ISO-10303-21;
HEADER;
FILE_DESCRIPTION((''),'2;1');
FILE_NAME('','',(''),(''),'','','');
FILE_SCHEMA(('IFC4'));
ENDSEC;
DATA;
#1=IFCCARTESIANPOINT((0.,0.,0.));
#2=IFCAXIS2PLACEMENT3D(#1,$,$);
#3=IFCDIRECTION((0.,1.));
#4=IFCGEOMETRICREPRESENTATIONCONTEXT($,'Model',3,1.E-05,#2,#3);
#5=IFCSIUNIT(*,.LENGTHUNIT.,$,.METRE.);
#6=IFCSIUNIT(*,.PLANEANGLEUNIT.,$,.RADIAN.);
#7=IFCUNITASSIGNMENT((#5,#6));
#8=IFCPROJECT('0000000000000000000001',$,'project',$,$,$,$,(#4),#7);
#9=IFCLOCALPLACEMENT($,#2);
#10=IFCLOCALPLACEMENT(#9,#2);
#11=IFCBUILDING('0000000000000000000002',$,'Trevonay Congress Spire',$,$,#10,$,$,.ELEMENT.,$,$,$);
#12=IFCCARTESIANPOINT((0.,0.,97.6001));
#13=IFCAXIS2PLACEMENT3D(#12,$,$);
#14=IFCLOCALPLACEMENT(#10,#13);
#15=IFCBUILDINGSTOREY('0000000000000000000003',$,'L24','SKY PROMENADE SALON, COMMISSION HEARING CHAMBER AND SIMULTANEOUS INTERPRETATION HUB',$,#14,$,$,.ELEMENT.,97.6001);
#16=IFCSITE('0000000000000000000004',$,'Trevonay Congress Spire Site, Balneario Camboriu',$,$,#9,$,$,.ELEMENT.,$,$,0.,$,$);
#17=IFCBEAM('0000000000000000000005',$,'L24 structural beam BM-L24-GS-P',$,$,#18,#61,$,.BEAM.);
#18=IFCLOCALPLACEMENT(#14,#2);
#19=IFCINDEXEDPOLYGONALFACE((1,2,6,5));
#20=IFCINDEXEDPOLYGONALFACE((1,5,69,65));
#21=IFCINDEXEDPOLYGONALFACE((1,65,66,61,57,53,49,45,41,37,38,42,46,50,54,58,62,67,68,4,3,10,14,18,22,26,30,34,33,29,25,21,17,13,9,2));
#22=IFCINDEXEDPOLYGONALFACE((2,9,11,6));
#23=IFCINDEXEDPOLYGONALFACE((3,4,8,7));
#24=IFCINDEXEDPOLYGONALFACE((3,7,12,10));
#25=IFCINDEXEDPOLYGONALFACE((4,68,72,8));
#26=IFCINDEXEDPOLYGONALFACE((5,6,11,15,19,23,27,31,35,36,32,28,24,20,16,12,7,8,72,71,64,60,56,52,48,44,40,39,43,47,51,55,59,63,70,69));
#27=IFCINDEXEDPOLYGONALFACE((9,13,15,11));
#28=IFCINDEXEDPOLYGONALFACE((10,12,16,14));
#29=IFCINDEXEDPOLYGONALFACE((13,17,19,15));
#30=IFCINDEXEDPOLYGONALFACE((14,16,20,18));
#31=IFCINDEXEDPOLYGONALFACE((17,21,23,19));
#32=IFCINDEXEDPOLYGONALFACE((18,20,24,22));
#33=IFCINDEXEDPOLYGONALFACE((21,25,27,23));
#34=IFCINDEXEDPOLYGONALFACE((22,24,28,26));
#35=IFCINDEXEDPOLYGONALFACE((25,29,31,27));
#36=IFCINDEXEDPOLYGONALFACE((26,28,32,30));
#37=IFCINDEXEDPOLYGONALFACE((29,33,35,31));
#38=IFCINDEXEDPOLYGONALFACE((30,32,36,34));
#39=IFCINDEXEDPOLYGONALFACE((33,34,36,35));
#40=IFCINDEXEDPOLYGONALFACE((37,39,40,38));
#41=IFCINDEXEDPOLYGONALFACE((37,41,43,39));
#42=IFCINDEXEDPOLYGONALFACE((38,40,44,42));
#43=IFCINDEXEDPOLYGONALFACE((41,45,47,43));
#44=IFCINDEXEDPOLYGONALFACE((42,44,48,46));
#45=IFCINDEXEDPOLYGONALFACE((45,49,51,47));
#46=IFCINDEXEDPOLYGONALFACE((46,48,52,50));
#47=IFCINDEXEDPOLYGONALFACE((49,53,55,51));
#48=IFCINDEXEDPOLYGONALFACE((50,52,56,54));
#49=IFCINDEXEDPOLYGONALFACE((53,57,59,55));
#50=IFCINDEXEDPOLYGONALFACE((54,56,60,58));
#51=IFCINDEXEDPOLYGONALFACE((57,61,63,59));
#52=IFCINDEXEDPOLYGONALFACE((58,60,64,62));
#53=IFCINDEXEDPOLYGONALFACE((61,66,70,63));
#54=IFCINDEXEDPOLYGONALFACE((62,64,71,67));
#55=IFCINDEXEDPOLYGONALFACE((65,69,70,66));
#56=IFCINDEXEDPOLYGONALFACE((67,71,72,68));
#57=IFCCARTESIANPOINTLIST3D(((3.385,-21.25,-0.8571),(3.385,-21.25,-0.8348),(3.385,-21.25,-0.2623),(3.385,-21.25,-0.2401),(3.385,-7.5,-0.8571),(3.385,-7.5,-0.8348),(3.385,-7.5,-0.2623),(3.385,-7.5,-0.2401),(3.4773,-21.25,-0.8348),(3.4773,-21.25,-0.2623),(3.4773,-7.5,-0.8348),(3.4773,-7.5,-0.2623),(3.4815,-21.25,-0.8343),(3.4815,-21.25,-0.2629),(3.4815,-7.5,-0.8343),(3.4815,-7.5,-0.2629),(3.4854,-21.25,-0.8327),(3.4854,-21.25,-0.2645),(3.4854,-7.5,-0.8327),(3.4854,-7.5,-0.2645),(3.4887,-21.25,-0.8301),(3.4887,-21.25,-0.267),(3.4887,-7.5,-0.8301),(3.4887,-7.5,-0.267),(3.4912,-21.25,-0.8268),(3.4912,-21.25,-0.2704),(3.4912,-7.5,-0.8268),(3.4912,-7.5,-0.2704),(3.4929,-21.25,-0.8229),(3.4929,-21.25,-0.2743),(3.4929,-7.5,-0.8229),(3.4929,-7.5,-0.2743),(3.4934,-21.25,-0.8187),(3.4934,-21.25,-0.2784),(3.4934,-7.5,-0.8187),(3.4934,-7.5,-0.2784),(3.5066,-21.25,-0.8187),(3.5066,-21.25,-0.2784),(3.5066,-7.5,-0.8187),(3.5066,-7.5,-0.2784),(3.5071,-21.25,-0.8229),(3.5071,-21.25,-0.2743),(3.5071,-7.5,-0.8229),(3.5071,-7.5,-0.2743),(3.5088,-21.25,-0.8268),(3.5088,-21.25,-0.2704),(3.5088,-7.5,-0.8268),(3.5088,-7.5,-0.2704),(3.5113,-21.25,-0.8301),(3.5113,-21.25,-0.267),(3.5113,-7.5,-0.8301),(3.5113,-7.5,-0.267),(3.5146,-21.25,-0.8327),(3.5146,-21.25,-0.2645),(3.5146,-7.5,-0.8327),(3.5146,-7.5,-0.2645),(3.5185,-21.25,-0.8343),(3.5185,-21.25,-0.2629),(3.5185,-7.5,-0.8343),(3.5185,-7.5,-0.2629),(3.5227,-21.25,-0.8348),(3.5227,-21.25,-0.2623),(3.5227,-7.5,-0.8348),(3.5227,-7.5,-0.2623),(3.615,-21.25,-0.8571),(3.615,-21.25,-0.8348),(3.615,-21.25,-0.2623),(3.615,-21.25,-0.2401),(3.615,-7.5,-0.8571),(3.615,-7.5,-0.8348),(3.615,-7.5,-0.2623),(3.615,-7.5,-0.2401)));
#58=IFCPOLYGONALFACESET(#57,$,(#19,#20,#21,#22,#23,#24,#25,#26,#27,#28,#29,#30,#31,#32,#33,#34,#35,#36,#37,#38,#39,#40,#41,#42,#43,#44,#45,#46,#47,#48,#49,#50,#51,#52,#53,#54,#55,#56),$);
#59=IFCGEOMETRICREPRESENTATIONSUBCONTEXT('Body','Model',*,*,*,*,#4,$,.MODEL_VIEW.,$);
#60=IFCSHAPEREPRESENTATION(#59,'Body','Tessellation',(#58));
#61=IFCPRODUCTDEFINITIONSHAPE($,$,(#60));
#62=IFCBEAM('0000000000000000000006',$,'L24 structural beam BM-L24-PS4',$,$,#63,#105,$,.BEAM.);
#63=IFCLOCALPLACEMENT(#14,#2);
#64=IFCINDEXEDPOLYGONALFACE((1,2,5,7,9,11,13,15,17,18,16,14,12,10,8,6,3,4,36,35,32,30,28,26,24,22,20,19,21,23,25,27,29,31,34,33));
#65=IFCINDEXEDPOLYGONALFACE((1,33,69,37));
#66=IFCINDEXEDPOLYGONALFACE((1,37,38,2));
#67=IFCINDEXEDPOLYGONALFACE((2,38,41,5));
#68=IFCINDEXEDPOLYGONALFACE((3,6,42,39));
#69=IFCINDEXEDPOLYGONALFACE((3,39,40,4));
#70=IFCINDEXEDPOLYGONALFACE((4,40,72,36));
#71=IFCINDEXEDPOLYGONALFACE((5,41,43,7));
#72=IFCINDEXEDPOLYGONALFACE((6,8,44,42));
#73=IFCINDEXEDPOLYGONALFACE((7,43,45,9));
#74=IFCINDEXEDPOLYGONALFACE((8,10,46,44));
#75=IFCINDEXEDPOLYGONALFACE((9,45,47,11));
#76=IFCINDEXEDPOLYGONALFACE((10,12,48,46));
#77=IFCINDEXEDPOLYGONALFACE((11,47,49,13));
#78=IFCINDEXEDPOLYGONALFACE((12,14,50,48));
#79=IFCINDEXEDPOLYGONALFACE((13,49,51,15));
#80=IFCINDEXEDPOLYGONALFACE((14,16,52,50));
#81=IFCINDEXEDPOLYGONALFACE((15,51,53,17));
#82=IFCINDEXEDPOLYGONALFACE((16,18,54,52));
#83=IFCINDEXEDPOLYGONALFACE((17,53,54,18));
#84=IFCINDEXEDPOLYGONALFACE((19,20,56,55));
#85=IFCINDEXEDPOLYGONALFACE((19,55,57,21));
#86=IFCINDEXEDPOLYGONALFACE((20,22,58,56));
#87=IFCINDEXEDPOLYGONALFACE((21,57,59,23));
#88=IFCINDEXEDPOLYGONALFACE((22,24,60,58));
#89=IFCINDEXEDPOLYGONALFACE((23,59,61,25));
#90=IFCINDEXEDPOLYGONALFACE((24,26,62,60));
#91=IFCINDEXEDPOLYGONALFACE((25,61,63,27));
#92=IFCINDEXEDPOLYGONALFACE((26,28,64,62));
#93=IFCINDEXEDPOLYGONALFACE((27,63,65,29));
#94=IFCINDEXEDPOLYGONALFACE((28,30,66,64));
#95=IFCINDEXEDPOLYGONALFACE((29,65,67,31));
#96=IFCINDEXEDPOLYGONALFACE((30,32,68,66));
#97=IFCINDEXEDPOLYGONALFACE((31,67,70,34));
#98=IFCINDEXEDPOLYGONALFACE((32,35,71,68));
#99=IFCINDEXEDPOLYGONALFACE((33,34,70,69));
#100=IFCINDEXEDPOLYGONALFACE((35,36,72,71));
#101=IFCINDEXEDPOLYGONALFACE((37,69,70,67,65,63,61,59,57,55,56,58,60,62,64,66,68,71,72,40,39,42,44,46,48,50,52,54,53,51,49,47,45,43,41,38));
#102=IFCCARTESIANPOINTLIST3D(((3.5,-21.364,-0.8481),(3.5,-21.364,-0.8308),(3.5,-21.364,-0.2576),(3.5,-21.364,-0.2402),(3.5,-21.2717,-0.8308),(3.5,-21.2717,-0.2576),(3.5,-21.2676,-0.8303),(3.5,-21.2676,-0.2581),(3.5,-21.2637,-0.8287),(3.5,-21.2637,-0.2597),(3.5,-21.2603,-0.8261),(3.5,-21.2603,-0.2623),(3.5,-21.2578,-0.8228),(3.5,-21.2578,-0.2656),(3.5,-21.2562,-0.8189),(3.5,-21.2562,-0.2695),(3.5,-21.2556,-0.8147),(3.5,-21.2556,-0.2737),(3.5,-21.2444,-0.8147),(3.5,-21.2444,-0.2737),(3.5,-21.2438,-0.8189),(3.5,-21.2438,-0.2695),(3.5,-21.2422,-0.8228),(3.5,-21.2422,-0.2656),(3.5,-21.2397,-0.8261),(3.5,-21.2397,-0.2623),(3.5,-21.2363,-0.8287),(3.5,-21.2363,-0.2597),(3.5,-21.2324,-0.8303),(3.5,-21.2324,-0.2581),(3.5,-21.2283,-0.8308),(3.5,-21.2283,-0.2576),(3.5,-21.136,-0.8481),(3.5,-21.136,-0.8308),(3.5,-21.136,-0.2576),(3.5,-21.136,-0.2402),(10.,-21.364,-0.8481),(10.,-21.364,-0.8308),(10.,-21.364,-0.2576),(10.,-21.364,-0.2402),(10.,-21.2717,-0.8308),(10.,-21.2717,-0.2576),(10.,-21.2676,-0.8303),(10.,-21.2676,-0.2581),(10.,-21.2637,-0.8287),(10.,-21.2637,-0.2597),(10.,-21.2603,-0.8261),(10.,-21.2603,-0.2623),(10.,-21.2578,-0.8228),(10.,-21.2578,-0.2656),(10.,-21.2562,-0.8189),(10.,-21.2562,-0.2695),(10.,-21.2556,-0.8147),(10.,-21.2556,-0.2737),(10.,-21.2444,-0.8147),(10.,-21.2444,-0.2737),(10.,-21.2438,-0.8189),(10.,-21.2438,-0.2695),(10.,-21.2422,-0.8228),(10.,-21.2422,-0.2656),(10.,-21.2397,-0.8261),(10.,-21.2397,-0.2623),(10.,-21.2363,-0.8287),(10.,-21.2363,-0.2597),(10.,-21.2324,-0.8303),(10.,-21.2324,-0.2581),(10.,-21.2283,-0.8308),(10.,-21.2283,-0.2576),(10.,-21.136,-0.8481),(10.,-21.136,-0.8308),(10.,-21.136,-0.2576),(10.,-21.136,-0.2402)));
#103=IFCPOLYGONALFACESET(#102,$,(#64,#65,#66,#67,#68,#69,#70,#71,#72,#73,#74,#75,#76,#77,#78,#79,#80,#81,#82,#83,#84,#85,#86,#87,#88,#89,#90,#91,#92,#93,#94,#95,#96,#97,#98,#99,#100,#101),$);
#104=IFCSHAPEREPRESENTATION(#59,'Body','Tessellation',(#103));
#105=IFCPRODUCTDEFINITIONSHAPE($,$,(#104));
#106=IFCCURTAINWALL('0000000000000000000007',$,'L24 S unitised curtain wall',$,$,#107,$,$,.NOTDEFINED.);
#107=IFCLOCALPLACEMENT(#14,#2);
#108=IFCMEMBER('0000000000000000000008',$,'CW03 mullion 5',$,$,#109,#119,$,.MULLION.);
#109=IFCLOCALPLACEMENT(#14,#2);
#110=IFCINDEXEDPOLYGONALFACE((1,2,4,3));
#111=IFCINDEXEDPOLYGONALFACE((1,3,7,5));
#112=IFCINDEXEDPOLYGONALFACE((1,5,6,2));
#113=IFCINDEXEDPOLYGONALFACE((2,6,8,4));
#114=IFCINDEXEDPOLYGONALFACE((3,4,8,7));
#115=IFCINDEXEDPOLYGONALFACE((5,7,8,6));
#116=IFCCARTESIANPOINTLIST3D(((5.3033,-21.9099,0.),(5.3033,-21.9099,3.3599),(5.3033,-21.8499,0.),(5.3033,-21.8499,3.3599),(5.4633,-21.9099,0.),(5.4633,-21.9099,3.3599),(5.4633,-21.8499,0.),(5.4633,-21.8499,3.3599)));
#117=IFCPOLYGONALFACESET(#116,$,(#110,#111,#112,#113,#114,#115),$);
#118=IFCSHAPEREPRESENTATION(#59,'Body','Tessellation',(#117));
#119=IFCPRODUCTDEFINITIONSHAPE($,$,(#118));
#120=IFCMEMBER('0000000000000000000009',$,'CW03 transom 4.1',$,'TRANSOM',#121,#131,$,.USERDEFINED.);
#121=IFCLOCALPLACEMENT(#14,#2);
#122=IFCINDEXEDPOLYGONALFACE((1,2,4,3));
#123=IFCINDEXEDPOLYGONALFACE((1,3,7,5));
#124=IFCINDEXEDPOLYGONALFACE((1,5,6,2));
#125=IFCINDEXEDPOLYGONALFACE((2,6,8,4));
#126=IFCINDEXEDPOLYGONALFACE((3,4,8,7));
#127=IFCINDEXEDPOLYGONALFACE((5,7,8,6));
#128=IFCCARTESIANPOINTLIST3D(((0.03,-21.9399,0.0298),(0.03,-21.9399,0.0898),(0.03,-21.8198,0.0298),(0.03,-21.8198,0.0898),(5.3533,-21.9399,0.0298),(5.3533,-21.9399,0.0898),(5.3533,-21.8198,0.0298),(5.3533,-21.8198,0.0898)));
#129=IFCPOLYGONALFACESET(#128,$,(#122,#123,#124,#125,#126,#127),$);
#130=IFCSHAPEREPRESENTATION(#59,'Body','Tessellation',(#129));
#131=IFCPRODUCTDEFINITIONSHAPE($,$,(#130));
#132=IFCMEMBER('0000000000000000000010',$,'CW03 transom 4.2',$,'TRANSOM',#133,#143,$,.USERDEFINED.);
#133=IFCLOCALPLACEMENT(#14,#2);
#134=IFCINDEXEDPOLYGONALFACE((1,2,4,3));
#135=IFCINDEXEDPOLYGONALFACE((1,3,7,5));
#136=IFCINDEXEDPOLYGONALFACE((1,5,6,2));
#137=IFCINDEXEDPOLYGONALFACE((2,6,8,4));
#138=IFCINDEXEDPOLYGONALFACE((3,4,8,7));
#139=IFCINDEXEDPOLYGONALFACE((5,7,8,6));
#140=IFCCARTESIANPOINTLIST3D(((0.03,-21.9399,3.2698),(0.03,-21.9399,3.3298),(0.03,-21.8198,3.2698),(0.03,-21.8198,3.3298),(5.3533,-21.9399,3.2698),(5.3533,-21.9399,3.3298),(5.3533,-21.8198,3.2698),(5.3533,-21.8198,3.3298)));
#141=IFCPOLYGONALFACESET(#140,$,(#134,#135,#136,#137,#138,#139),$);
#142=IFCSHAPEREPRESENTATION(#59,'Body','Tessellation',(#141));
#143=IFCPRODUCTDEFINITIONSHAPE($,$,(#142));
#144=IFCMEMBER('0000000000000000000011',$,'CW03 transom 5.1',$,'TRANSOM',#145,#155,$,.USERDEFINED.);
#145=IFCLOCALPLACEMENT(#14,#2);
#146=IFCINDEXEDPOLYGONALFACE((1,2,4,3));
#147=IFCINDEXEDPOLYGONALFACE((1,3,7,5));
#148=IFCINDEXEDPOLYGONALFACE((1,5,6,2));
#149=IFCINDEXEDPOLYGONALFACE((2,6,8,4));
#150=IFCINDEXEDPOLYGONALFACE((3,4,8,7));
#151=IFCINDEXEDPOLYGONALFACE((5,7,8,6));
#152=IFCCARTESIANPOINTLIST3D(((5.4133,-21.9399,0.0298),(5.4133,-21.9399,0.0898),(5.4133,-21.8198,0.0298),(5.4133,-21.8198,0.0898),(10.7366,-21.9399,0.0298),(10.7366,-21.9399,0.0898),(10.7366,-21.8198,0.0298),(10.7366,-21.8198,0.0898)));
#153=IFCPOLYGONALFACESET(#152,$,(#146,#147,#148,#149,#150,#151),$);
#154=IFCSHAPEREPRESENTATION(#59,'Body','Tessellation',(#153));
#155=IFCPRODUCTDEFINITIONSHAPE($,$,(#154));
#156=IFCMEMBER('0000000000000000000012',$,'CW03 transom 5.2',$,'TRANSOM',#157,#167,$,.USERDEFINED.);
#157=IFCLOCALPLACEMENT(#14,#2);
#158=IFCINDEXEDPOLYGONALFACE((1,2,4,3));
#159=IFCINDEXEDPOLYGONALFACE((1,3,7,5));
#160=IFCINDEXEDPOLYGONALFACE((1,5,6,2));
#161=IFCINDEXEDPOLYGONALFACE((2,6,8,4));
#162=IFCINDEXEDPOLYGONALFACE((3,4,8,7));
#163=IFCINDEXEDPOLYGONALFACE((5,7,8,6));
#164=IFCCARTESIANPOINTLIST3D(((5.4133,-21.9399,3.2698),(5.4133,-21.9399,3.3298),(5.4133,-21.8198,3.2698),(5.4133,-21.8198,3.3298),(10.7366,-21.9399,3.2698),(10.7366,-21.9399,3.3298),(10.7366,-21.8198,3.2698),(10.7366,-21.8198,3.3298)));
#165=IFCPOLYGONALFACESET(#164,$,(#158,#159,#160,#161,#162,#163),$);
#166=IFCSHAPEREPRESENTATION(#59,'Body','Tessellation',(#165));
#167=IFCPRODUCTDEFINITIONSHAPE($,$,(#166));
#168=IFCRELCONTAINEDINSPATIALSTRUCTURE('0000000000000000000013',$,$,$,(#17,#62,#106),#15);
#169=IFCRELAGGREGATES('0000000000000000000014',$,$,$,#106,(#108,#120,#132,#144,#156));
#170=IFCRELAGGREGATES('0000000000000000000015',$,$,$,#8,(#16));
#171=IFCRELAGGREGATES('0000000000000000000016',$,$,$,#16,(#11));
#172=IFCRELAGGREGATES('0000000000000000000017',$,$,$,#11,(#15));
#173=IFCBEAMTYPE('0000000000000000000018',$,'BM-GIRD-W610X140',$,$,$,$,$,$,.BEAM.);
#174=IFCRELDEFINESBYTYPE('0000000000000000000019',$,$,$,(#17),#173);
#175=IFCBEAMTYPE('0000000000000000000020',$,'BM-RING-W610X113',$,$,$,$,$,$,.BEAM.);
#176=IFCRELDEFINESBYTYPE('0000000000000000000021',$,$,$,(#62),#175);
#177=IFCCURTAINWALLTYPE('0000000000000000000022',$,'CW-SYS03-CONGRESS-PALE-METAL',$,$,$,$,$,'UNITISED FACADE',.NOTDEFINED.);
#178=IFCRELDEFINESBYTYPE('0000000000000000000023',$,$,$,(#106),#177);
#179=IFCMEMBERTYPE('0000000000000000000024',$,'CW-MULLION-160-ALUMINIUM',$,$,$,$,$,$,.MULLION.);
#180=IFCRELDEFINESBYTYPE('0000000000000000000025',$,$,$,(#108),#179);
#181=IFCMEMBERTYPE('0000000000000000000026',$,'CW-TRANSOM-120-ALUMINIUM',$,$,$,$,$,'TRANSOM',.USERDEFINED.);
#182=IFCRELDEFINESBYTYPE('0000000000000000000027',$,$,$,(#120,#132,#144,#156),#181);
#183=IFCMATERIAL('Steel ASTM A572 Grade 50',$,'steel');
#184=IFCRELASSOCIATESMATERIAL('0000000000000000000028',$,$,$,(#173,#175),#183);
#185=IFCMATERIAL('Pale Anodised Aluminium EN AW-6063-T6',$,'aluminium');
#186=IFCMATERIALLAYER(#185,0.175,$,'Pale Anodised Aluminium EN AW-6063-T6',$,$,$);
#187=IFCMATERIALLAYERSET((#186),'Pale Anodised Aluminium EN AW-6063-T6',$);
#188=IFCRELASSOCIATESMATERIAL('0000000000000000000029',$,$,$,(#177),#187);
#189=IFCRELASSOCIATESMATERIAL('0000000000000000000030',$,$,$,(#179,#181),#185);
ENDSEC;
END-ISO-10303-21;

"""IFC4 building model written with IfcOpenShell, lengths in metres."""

from ifc_helpers import new_model, si_unit, direction, frame, origin, origin_2d, place, context, subcontext, project, spatial, rectangle, i_section, extrude, material, layer, layer_set, material_profile, profile_set, type_object, element, aggregate, save


model = new_model("IFC4")

# Units and contexts
model_context = context("Model", 3, precision=1e-05, world=origin(), true_north=direction((0.0, 1.0)))
body_context = subcontext(model_context, "Body", "Model", "MODEL_VIEW")
ifc_project = project(units=[si_unit("LENGTHUNIT", "METRE"), si_unit("PLANEANGLEUNIT", "RADIAN")], contexts=[model_context])

# Site, building, storey
site_placement = place(None, origin())
site = spatial("IfcSite", under=ifc_project, at=site_placement, Name="Trevonay Congress Spire Site, Balneario Camboriu", CompositionType="ELEMENT", RefElevation=0.0)
building_placement = place(site_placement, origin())
building = spatial("IfcBuilding", under=site, at=building_placement, Name="Trevonay Congress Spire", CompositionType="ELEMENT")
storey_placement = place(building_placement, frame((0.0, 0.0, 97.6001)))
storey = spatial("IfcBuildingStorey", under=building, at=storey_placement, Name="L24", Description="SKY PROMENADE SALON, COMMISSION HEARING CHAMBER AND SIMULTANEOUS INTERPRETATION HUB", CompositionType="ELEMENT", Elevation=97.6001)

# Shared definitions
ifc_material_1 = material(Name="Steel ASTM A572 Grade 50", Category="steel")

# Beams
ifc_material_profile_1 = material_profile(ifc_material_1, i_section(OverallWidth=0.23, OverallDepth=0.6169, WebThickness=0.0132, FlangeThickness=0.0222, FilletRadius=0.0161, at=origin_2d()), Name="W610x140")
ifc_profile_set_1 = profile_set([ifc_material_profile_1], Name="Steel ASTM A572 Grade 50")
beam_type_1 = type_object("IfcBeamType", Name="BM-GIRD-W610X140", PredefinedType="BEAM", material=ifc_profile_set_1)
beam_1_placement = place(storey_placement, frame((3.5, -7.5, -0.5486), z_axis=(0.0, -1.0, 0.0), x_axis=(1.0, 0.0, 0.0)))
element("IfcBeam", 1, at=beam_1_placement, inside=storey, type_object=beam_type_1, Name="L24 structural beam BM-L24-GS-P", PredefinedType="BEAM", context=body_context, shape_type="SweptSolid", body=[
    extrude(i_section(OverallWidth=0.23, OverallDepth=0.6169, WebThickness=0.0132, FlangeThickness=0.0222, FilletRadius=0.0161, at=origin_2d()), origin(), (0.0, 0.0, 1.0), 13.75),
])
ifc_material_profile_2 = material_profile(ifc_material_1, i_section(OverallWidth=0.228, OverallDepth=0.6079, WebThickness=0.0112, FlangeThickness=0.0173, FilletRadius=0.0161, at=origin_2d()), Name="W610x113")
ifc_profile_set_2 = profile_set([ifc_material_profile_2], Name="Steel ASTM A572 Grade 50")
beam_type_2 = type_object("IfcBeamType", Name="BM-RING-W610X113", PredefinedType="BEAM", material=ifc_profile_set_2)
beam_2_placement = place(storey_placement, frame((3.5, -21.25, -0.5442), z_axis=(1.0, 0.0, 0.0), x_axis=(0.0, 1.0, 0.0)))
element("IfcBeam", 2, at=beam_2_placement, inside=storey, type_object=beam_type_2, Name="L24 structural beam BM-L24-PS4", PredefinedType="BEAM", context=body_context, shape_type="SweptSolid", body=[
    extrude(i_section(OverallWidth=0.228, OverallDepth=0.6079, WebThickness=0.0112, FlangeThickness=0.0173, FilletRadius=0.0161, at=origin_2d()), origin(), (0.0, 0.0, 1.0), 6.5),
])

# Curtain wall, members
ifc_material_2 = material(Name="Pale Anodised Aluminium EN AW-6063-T6", Category="aluminium")
ifc_layer_1 = layer(ifc_material_2, 0.175, Name="Pale Anodised Aluminium EN AW-6063-T6")
ifc_layer_set_1 = layer_set([ifc_layer_1], Name="Pale Anodised Aluminium EN AW-6063-T6")
curtain_wall_type = type_object("IfcCurtainWallType", Name="CW-SYS03-CONGRESS-PALE-METAL", ElementType="UNITISED FACADE", PredefinedType="NOTDEFINED", material=ifc_layer_set_1)
curtain_wall_placement = place(storey_placement, origin())
curtain_wall = element("IfcCurtainWall", 3, at=curtain_wall_placement, inside=storey, type_object=curtain_wall_type, Name="L24 S unitised curtain wall", PredefinedType="NOTDEFINED")
ifc_material_profile_3 = material_profile(ifc_material_2, rectangle(XDim=0.0601, YDim=0.1599, at=origin_2d()), Name="CW-MULLION-160-ALUMINIUM")
ifc_profile_set_3 = profile_set([ifc_material_profile_3], Name="Pale Anodised Aluminium EN AW-6063-T6")
member_type_1 = type_object("IfcMemberType", Name="CW-MULLION-160-ALUMINIUM", PredefinedType="MULLION", material=ifc_profile_set_3)
member_1_placement = place(storey_placement, frame((5.3833, -21.8799, 0.0), z_axis=(0.0, 0.0, 1.0), x_axis=(0.0, 1.0, 0.0)))
member_1 = element("IfcMember", 4, at=member_1_placement, type_object=member_type_1, Name="CW03 mullion 5", PredefinedType="MULLION", context=body_context, shape_type="SweptSolid", body=[
    extrude(rectangle(XDim=0.0601, YDim=0.1599, at=origin_2d()), origin(), (0.0, 0.0, 1.0), 3.3599),
])
ifc_material_profile_4 = material_profile(ifc_material_2, rectangle(XDim=0.1201, YDim=0.0601, at=origin_2d()), Name="CW-TRANSOM-120-ALUMINIUM")
ifc_profile_set_4 = profile_set([ifc_material_profile_4], Name="Pale Anodised Aluminium EN AW-6063-T6")
member_type_2 = type_object("IfcMemberType", Name="CW-TRANSOM-120-ALUMINIUM", ElementType="TRANSOM", PredefinedType="USERDEFINED", material=ifc_profile_set_4)
member_2_placement = place(storey_placement, frame((0.03, -21.8799, 0.0598), z_axis=(1.0, 0.0, 0.0), x_axis=(0.0, 1.0, 0.0)))
member_2 = element("IfcMember", 5, at=member_2_placement, type_object=member_type_2, Name="CW03 transom 4.1", ObjectType="TRANSOM", PredefinedType="USERDEFINED", context=body_context, shape_type="SweptSolid", body=[
    extrude(rectangle(XDim=0.1201, YDim=0.0601, at=origin_2d()), origin(), (0.0, 0.0, 1.0), 5.3232),
])
member_3_placement = place(storey_placement, frame((0.03, -21.8799, 3.2998), z_axis=(1.0, 0.0, 0.0), x_axis=(0.0, 1.0, 0.0)))
member_3 = element("IfcMember", 6, at=member_3_placement, type_object=member_type_2, Name="CW03 transom 4.2", ObjectType="TRANSOM", PredefinedType="USERDEFINED", context=body_context, shape_type="SweptSolid", body=[
    extrude(rectangle(XDim=0.1201, YDim=0.0601, at=origin_2d()), origin(), (0.0, 0.0, 1.0), 5.3232),
])
member_4_placement = place(storey_placement, frame((5.4133, -21.8799, 0.0598), z_axis=(1.0, 0.0, 0.0), x_axis=(0.0, 1.0, 0.0)))
member_4 = element("IfcMember", 7, at=member_4_placement, type_object=member_type_2, Name="CW03 transom 5.1", ObjectType="TRANSOM", PredefinedType="USERDEFINED", context=body_context, shape_type="SweptSolid", body=[
    extrude(rectangle(XDim=0.1201, YDim=0.0601, at=origin_2d()), origin(), (0.0, 0.0, 1.0), 5.3232),
])
member_5_placement = place(storey_placement, frame((5.4133, -21.8799, 3.2998), z_axis=(1.0, 0.0, 0.0), x_axis=(0.0, 1.0, 0.0)))
member_5 = element("IfcMember", 8, at=member_5_placement, type_object=member_type_2, Name="CW03 transom 5.2", ObjectType="TRANSOM", PredefinedType="USERDEFINED", context=body_context, shape_type="SweptSolid", body=[
    extrude(rectangle(XDim=0.1201, YDim=0.0601, at=origin_2d()), origin(), (0.0, 0.0, 1.0), 5.3232),
])

aggregate(curtain_wall, [member_1, member_2, member_3, member_4, member_5])

save(model, "model.ifc")
